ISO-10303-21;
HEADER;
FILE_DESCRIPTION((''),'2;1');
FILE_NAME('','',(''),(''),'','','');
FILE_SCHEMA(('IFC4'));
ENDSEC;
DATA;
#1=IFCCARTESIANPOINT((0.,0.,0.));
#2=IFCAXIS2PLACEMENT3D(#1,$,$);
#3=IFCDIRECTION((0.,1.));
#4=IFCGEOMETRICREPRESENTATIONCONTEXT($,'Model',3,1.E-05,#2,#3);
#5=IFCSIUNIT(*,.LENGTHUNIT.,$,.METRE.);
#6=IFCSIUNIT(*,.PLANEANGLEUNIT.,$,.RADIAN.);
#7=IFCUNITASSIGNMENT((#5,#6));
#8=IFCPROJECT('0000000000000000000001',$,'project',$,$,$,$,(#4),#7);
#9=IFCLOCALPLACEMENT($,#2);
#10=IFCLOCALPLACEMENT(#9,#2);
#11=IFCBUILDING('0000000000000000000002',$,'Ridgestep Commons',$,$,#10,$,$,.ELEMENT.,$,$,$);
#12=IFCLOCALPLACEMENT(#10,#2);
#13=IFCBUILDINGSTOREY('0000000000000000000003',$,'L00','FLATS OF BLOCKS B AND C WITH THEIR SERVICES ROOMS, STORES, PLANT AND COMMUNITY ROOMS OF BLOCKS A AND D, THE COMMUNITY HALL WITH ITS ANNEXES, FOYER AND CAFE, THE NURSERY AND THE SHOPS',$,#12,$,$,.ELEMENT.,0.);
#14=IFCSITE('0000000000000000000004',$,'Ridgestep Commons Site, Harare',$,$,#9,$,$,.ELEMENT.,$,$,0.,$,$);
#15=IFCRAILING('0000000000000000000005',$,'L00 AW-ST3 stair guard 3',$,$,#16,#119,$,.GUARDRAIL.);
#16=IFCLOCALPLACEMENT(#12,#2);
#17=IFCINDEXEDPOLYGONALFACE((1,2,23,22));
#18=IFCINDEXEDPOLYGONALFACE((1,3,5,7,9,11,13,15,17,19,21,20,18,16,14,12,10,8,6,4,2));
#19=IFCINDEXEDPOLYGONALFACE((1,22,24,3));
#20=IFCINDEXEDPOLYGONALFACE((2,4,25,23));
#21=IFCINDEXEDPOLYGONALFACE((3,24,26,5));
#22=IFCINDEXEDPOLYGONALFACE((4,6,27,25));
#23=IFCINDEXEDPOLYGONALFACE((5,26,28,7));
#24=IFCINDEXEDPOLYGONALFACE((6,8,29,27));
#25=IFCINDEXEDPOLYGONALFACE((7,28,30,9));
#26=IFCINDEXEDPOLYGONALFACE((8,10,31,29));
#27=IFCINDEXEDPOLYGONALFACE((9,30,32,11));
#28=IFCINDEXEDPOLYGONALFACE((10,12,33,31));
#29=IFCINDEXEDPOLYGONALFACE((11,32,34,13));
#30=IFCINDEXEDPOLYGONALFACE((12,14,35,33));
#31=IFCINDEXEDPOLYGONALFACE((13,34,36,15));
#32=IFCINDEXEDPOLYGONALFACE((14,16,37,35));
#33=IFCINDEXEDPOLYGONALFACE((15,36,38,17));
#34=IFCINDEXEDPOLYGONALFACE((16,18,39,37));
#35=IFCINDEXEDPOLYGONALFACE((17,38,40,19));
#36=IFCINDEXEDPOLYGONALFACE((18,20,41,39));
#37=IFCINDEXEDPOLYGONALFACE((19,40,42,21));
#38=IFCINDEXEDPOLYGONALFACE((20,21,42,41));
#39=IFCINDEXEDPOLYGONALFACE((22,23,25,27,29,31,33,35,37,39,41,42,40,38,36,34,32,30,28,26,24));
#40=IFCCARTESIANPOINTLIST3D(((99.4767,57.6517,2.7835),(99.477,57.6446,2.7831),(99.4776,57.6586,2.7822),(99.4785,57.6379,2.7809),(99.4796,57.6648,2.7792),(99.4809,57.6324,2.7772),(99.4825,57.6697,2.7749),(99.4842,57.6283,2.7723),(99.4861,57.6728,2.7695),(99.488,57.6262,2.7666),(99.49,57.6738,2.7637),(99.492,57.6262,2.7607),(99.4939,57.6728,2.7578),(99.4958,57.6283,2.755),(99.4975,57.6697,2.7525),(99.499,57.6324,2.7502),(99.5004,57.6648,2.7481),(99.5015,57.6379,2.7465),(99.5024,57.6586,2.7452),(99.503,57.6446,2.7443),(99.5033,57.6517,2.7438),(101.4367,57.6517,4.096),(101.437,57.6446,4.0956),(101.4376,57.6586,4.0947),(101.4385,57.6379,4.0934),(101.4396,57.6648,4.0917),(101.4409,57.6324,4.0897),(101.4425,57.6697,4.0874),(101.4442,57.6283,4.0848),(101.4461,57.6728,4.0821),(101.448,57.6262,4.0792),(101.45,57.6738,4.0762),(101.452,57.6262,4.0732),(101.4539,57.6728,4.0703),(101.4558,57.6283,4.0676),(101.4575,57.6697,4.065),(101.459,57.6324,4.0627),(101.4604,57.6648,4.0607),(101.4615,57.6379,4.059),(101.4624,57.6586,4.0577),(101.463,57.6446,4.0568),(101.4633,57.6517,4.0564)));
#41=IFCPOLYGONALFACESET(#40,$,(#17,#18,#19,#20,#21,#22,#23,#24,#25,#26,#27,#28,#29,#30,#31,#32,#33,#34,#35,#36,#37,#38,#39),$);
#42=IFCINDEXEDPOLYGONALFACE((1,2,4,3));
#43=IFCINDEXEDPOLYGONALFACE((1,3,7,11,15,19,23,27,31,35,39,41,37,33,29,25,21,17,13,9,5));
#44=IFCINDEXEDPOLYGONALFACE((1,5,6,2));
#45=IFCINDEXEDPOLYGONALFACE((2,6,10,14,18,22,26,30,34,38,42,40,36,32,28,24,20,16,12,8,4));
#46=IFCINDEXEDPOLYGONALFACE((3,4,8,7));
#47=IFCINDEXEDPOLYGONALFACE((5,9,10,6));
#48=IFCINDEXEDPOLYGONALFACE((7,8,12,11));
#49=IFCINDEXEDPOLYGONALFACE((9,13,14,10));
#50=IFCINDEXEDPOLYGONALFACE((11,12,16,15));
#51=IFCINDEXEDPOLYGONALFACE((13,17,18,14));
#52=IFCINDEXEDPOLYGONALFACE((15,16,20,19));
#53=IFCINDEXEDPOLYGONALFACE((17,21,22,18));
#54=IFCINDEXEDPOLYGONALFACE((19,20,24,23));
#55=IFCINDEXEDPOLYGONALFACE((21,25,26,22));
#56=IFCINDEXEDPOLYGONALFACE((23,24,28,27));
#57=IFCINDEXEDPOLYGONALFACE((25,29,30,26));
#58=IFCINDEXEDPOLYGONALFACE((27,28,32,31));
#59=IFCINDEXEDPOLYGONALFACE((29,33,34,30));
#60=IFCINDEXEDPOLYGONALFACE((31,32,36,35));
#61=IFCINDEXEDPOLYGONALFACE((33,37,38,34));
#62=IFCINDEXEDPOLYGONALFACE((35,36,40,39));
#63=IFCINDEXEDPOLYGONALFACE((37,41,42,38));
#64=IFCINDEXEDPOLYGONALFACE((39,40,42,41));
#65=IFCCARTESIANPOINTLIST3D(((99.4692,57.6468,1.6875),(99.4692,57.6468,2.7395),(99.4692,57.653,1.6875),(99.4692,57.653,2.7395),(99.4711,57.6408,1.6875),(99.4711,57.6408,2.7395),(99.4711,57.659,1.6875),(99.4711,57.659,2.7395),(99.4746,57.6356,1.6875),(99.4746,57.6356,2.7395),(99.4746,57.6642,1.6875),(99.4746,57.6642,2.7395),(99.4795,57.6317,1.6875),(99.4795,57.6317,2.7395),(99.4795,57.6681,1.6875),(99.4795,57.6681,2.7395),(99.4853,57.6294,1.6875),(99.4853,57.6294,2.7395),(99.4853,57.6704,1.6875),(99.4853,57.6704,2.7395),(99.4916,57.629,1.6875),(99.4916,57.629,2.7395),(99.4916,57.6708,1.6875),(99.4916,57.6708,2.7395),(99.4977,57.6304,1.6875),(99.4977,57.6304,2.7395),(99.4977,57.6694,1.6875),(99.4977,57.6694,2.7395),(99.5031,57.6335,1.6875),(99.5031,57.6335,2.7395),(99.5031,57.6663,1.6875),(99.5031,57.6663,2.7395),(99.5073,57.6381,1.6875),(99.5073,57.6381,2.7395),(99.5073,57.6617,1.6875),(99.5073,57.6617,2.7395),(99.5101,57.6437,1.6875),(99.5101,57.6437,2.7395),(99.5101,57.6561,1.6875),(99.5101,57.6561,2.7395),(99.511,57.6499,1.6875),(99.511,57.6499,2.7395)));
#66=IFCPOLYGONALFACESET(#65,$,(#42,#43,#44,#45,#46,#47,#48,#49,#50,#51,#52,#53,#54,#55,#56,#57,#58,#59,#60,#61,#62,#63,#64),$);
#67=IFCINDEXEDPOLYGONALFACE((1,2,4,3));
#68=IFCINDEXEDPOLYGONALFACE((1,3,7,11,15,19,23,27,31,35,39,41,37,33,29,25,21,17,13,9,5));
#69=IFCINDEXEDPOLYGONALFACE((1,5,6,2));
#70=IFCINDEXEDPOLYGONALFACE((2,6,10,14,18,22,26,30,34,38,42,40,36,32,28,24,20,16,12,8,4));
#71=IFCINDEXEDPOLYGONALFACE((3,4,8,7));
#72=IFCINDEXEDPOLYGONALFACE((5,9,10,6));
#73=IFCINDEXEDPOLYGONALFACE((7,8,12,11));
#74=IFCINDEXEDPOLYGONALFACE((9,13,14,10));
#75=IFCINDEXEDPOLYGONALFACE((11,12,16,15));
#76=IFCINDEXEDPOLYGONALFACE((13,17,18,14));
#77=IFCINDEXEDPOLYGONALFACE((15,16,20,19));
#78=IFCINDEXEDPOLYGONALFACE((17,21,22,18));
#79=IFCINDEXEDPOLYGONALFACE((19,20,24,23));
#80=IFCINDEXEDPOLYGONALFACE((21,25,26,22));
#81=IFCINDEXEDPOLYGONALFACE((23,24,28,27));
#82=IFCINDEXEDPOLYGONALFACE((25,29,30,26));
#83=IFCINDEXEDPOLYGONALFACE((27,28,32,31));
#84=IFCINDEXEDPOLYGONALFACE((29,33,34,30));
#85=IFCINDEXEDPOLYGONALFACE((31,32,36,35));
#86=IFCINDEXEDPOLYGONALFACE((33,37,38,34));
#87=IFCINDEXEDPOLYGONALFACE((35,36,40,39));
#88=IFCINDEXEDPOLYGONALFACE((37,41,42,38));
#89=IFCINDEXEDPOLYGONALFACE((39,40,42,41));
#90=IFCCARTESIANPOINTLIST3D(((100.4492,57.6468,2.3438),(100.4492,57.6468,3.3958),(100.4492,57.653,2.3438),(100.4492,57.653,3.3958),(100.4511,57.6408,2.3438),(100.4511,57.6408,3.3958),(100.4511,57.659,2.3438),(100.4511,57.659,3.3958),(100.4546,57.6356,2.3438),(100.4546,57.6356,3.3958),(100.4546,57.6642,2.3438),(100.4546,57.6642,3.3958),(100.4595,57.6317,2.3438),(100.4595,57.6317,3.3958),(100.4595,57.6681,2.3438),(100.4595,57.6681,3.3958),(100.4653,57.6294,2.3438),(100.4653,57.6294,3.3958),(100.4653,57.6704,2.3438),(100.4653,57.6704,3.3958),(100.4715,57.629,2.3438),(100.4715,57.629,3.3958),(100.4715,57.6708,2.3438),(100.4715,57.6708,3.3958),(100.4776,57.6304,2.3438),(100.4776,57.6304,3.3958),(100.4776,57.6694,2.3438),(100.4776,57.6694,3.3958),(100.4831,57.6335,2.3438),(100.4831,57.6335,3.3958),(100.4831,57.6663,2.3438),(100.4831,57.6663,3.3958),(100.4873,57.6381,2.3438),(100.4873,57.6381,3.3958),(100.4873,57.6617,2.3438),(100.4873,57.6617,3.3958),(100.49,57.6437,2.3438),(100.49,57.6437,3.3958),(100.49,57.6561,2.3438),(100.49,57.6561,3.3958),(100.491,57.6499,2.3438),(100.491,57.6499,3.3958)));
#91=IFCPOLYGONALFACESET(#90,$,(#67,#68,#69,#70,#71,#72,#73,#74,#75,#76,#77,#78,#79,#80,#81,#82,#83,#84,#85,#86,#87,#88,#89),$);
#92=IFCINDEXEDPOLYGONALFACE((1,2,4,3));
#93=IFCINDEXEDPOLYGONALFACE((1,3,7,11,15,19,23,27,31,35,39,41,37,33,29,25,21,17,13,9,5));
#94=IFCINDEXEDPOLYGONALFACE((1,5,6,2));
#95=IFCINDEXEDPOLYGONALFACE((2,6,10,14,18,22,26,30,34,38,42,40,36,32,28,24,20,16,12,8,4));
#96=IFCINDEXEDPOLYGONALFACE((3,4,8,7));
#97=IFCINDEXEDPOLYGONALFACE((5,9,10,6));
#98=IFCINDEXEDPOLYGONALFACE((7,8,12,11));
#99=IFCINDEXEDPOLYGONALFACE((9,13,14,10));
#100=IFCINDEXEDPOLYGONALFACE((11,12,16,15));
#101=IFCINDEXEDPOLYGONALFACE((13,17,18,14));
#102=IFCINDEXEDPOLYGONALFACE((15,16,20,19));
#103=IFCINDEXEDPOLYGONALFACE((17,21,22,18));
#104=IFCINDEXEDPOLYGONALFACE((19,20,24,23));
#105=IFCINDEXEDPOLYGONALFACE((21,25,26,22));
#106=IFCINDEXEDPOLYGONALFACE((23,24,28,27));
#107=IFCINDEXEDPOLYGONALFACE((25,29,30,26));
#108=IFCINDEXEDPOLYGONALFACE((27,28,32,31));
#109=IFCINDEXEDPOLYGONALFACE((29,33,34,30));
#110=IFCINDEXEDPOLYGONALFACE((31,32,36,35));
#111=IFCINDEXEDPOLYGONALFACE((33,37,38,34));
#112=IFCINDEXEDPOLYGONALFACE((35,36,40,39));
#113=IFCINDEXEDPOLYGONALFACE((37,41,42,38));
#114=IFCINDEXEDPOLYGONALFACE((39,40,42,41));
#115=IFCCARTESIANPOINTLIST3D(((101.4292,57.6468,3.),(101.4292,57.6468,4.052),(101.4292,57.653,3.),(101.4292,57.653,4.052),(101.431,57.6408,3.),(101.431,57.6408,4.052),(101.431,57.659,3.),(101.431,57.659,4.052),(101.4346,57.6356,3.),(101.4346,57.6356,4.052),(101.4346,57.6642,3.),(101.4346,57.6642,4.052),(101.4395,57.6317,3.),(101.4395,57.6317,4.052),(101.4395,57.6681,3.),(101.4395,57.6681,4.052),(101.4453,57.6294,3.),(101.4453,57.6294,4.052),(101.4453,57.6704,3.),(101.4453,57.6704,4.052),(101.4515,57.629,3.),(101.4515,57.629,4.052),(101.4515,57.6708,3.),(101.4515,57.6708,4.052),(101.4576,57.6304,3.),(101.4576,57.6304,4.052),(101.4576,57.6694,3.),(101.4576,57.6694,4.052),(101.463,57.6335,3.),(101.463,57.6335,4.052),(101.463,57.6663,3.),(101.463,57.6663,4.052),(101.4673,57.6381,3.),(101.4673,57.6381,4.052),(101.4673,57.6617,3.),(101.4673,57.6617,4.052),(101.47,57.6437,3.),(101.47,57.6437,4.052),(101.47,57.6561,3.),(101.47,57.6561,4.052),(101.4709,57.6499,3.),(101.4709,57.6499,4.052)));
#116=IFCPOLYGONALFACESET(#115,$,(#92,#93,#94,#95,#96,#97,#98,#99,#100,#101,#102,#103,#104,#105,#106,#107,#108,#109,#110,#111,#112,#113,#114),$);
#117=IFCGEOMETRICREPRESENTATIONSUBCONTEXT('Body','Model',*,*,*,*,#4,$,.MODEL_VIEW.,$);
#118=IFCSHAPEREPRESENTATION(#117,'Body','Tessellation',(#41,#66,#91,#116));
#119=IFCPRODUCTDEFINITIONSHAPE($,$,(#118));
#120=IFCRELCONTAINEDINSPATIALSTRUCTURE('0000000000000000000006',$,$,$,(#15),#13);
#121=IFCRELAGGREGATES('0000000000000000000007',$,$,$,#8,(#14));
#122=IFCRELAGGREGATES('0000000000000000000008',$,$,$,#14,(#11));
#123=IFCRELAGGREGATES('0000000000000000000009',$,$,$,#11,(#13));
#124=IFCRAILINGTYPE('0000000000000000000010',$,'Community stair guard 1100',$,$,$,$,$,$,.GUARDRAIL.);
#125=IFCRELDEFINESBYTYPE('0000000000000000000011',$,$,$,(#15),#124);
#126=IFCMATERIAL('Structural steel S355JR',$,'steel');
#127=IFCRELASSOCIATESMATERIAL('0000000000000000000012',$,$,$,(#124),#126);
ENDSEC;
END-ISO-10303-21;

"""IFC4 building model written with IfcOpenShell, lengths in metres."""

from ifc_helpers import new_model, si_unit, direction, frame, origin, origin_2d, place, context, subcontext, project, spatial, circle, extrude, material, type_object, element, save


model = new_model("IFC4")

# Units and contexts
model_context = context("Model", 3, precision=1e-05, world=origin(), true_north=direction((0.0, 1.0)))
body_context = subcontext(model_context, "Body", "Model", "MODEL_VIEW")
ifc_project = project(units=[si_unit("LENGTHUNIT", "METRE"), si_unit("PLANEANGLEUNIT", "RADIAN")], contexts=[model_context])

# Site, building, storey
site_placement = place(None, origin())
site = spatial("IfcSite", under=ifc_project, at=site_placement, Name="Ridgestep Commons Site, Harare", CompositionType="ELEMENT", RefElevation=0.0)
building_placement = place(site_placement, origin())
building = spatial("IfcBuilding", under=site, at=building_placement, Name="Ridgestep Commons", CompositionType="ELEMENT")
storey_placement = place(building_placement, origin())
storey = spatial("IfcBuildingStorey", under=building, at=storey_placement, Name="L00", Description="FLATS OF BLOCKS B AND C WITH THEIR SERVICES ROOMS, STORES, PLANT AND COMMUNITY ROOMS OF BLOCKS A AND D, THE COMMUNITY HALL WITH ITS ANNEXES, FOYER AND CAFE, THE NURSERY AND THE SHOPS", CompositionType="ELEMENT", Elevation=0.0)

# Railing
ifc_material_1 = material(Name="Structural steel S355JR", Category="steel")
railing_type_1 = type_object("IfcRailingType", Name="Community stair guard 1100", PredefinedType="GUARDRAIL", material=ifc_material_1)
railing_1_placement = place(storey_placement, frame((99.49, 57.6499, 1.6875)))
element("IfcRailing", 1, at=railing_1_placement, inside=storey, type_object=railing_type_1, Name="L00 AW-ST3 stair guard 3", PredefinedType="GUARDRAIL", context=body_context, shape_type="SweptSolid", body=[
    extrude(circle(Radius=0.0239, at=origin_2d()), frame((0.0, 0.0, 1.0762), z_axis=(0.830902, 0.0, 0.556419), x_axis=(0.0, 1.0, 0.0)), (0.0, 0.0, 1.0), 2.3589),
    extrude(circle(Radius=0.021, at=origin_2d()), origin(), (0.0, 0.0, 1.0), 1.052),
    extrude(circle(Radius=0.021, at=origin_2d()), frame((0.98, 0.0, 0.6562)), (0.0, 0.0, 1.0), 1.052),
    extrude(circle(Radius=0.021, at=origin_2d()), frame((1.96, 0.0, 1.3125)), (0.0, 0.0, 1.0), 1.052),
])

save(model, "model.ifc")
